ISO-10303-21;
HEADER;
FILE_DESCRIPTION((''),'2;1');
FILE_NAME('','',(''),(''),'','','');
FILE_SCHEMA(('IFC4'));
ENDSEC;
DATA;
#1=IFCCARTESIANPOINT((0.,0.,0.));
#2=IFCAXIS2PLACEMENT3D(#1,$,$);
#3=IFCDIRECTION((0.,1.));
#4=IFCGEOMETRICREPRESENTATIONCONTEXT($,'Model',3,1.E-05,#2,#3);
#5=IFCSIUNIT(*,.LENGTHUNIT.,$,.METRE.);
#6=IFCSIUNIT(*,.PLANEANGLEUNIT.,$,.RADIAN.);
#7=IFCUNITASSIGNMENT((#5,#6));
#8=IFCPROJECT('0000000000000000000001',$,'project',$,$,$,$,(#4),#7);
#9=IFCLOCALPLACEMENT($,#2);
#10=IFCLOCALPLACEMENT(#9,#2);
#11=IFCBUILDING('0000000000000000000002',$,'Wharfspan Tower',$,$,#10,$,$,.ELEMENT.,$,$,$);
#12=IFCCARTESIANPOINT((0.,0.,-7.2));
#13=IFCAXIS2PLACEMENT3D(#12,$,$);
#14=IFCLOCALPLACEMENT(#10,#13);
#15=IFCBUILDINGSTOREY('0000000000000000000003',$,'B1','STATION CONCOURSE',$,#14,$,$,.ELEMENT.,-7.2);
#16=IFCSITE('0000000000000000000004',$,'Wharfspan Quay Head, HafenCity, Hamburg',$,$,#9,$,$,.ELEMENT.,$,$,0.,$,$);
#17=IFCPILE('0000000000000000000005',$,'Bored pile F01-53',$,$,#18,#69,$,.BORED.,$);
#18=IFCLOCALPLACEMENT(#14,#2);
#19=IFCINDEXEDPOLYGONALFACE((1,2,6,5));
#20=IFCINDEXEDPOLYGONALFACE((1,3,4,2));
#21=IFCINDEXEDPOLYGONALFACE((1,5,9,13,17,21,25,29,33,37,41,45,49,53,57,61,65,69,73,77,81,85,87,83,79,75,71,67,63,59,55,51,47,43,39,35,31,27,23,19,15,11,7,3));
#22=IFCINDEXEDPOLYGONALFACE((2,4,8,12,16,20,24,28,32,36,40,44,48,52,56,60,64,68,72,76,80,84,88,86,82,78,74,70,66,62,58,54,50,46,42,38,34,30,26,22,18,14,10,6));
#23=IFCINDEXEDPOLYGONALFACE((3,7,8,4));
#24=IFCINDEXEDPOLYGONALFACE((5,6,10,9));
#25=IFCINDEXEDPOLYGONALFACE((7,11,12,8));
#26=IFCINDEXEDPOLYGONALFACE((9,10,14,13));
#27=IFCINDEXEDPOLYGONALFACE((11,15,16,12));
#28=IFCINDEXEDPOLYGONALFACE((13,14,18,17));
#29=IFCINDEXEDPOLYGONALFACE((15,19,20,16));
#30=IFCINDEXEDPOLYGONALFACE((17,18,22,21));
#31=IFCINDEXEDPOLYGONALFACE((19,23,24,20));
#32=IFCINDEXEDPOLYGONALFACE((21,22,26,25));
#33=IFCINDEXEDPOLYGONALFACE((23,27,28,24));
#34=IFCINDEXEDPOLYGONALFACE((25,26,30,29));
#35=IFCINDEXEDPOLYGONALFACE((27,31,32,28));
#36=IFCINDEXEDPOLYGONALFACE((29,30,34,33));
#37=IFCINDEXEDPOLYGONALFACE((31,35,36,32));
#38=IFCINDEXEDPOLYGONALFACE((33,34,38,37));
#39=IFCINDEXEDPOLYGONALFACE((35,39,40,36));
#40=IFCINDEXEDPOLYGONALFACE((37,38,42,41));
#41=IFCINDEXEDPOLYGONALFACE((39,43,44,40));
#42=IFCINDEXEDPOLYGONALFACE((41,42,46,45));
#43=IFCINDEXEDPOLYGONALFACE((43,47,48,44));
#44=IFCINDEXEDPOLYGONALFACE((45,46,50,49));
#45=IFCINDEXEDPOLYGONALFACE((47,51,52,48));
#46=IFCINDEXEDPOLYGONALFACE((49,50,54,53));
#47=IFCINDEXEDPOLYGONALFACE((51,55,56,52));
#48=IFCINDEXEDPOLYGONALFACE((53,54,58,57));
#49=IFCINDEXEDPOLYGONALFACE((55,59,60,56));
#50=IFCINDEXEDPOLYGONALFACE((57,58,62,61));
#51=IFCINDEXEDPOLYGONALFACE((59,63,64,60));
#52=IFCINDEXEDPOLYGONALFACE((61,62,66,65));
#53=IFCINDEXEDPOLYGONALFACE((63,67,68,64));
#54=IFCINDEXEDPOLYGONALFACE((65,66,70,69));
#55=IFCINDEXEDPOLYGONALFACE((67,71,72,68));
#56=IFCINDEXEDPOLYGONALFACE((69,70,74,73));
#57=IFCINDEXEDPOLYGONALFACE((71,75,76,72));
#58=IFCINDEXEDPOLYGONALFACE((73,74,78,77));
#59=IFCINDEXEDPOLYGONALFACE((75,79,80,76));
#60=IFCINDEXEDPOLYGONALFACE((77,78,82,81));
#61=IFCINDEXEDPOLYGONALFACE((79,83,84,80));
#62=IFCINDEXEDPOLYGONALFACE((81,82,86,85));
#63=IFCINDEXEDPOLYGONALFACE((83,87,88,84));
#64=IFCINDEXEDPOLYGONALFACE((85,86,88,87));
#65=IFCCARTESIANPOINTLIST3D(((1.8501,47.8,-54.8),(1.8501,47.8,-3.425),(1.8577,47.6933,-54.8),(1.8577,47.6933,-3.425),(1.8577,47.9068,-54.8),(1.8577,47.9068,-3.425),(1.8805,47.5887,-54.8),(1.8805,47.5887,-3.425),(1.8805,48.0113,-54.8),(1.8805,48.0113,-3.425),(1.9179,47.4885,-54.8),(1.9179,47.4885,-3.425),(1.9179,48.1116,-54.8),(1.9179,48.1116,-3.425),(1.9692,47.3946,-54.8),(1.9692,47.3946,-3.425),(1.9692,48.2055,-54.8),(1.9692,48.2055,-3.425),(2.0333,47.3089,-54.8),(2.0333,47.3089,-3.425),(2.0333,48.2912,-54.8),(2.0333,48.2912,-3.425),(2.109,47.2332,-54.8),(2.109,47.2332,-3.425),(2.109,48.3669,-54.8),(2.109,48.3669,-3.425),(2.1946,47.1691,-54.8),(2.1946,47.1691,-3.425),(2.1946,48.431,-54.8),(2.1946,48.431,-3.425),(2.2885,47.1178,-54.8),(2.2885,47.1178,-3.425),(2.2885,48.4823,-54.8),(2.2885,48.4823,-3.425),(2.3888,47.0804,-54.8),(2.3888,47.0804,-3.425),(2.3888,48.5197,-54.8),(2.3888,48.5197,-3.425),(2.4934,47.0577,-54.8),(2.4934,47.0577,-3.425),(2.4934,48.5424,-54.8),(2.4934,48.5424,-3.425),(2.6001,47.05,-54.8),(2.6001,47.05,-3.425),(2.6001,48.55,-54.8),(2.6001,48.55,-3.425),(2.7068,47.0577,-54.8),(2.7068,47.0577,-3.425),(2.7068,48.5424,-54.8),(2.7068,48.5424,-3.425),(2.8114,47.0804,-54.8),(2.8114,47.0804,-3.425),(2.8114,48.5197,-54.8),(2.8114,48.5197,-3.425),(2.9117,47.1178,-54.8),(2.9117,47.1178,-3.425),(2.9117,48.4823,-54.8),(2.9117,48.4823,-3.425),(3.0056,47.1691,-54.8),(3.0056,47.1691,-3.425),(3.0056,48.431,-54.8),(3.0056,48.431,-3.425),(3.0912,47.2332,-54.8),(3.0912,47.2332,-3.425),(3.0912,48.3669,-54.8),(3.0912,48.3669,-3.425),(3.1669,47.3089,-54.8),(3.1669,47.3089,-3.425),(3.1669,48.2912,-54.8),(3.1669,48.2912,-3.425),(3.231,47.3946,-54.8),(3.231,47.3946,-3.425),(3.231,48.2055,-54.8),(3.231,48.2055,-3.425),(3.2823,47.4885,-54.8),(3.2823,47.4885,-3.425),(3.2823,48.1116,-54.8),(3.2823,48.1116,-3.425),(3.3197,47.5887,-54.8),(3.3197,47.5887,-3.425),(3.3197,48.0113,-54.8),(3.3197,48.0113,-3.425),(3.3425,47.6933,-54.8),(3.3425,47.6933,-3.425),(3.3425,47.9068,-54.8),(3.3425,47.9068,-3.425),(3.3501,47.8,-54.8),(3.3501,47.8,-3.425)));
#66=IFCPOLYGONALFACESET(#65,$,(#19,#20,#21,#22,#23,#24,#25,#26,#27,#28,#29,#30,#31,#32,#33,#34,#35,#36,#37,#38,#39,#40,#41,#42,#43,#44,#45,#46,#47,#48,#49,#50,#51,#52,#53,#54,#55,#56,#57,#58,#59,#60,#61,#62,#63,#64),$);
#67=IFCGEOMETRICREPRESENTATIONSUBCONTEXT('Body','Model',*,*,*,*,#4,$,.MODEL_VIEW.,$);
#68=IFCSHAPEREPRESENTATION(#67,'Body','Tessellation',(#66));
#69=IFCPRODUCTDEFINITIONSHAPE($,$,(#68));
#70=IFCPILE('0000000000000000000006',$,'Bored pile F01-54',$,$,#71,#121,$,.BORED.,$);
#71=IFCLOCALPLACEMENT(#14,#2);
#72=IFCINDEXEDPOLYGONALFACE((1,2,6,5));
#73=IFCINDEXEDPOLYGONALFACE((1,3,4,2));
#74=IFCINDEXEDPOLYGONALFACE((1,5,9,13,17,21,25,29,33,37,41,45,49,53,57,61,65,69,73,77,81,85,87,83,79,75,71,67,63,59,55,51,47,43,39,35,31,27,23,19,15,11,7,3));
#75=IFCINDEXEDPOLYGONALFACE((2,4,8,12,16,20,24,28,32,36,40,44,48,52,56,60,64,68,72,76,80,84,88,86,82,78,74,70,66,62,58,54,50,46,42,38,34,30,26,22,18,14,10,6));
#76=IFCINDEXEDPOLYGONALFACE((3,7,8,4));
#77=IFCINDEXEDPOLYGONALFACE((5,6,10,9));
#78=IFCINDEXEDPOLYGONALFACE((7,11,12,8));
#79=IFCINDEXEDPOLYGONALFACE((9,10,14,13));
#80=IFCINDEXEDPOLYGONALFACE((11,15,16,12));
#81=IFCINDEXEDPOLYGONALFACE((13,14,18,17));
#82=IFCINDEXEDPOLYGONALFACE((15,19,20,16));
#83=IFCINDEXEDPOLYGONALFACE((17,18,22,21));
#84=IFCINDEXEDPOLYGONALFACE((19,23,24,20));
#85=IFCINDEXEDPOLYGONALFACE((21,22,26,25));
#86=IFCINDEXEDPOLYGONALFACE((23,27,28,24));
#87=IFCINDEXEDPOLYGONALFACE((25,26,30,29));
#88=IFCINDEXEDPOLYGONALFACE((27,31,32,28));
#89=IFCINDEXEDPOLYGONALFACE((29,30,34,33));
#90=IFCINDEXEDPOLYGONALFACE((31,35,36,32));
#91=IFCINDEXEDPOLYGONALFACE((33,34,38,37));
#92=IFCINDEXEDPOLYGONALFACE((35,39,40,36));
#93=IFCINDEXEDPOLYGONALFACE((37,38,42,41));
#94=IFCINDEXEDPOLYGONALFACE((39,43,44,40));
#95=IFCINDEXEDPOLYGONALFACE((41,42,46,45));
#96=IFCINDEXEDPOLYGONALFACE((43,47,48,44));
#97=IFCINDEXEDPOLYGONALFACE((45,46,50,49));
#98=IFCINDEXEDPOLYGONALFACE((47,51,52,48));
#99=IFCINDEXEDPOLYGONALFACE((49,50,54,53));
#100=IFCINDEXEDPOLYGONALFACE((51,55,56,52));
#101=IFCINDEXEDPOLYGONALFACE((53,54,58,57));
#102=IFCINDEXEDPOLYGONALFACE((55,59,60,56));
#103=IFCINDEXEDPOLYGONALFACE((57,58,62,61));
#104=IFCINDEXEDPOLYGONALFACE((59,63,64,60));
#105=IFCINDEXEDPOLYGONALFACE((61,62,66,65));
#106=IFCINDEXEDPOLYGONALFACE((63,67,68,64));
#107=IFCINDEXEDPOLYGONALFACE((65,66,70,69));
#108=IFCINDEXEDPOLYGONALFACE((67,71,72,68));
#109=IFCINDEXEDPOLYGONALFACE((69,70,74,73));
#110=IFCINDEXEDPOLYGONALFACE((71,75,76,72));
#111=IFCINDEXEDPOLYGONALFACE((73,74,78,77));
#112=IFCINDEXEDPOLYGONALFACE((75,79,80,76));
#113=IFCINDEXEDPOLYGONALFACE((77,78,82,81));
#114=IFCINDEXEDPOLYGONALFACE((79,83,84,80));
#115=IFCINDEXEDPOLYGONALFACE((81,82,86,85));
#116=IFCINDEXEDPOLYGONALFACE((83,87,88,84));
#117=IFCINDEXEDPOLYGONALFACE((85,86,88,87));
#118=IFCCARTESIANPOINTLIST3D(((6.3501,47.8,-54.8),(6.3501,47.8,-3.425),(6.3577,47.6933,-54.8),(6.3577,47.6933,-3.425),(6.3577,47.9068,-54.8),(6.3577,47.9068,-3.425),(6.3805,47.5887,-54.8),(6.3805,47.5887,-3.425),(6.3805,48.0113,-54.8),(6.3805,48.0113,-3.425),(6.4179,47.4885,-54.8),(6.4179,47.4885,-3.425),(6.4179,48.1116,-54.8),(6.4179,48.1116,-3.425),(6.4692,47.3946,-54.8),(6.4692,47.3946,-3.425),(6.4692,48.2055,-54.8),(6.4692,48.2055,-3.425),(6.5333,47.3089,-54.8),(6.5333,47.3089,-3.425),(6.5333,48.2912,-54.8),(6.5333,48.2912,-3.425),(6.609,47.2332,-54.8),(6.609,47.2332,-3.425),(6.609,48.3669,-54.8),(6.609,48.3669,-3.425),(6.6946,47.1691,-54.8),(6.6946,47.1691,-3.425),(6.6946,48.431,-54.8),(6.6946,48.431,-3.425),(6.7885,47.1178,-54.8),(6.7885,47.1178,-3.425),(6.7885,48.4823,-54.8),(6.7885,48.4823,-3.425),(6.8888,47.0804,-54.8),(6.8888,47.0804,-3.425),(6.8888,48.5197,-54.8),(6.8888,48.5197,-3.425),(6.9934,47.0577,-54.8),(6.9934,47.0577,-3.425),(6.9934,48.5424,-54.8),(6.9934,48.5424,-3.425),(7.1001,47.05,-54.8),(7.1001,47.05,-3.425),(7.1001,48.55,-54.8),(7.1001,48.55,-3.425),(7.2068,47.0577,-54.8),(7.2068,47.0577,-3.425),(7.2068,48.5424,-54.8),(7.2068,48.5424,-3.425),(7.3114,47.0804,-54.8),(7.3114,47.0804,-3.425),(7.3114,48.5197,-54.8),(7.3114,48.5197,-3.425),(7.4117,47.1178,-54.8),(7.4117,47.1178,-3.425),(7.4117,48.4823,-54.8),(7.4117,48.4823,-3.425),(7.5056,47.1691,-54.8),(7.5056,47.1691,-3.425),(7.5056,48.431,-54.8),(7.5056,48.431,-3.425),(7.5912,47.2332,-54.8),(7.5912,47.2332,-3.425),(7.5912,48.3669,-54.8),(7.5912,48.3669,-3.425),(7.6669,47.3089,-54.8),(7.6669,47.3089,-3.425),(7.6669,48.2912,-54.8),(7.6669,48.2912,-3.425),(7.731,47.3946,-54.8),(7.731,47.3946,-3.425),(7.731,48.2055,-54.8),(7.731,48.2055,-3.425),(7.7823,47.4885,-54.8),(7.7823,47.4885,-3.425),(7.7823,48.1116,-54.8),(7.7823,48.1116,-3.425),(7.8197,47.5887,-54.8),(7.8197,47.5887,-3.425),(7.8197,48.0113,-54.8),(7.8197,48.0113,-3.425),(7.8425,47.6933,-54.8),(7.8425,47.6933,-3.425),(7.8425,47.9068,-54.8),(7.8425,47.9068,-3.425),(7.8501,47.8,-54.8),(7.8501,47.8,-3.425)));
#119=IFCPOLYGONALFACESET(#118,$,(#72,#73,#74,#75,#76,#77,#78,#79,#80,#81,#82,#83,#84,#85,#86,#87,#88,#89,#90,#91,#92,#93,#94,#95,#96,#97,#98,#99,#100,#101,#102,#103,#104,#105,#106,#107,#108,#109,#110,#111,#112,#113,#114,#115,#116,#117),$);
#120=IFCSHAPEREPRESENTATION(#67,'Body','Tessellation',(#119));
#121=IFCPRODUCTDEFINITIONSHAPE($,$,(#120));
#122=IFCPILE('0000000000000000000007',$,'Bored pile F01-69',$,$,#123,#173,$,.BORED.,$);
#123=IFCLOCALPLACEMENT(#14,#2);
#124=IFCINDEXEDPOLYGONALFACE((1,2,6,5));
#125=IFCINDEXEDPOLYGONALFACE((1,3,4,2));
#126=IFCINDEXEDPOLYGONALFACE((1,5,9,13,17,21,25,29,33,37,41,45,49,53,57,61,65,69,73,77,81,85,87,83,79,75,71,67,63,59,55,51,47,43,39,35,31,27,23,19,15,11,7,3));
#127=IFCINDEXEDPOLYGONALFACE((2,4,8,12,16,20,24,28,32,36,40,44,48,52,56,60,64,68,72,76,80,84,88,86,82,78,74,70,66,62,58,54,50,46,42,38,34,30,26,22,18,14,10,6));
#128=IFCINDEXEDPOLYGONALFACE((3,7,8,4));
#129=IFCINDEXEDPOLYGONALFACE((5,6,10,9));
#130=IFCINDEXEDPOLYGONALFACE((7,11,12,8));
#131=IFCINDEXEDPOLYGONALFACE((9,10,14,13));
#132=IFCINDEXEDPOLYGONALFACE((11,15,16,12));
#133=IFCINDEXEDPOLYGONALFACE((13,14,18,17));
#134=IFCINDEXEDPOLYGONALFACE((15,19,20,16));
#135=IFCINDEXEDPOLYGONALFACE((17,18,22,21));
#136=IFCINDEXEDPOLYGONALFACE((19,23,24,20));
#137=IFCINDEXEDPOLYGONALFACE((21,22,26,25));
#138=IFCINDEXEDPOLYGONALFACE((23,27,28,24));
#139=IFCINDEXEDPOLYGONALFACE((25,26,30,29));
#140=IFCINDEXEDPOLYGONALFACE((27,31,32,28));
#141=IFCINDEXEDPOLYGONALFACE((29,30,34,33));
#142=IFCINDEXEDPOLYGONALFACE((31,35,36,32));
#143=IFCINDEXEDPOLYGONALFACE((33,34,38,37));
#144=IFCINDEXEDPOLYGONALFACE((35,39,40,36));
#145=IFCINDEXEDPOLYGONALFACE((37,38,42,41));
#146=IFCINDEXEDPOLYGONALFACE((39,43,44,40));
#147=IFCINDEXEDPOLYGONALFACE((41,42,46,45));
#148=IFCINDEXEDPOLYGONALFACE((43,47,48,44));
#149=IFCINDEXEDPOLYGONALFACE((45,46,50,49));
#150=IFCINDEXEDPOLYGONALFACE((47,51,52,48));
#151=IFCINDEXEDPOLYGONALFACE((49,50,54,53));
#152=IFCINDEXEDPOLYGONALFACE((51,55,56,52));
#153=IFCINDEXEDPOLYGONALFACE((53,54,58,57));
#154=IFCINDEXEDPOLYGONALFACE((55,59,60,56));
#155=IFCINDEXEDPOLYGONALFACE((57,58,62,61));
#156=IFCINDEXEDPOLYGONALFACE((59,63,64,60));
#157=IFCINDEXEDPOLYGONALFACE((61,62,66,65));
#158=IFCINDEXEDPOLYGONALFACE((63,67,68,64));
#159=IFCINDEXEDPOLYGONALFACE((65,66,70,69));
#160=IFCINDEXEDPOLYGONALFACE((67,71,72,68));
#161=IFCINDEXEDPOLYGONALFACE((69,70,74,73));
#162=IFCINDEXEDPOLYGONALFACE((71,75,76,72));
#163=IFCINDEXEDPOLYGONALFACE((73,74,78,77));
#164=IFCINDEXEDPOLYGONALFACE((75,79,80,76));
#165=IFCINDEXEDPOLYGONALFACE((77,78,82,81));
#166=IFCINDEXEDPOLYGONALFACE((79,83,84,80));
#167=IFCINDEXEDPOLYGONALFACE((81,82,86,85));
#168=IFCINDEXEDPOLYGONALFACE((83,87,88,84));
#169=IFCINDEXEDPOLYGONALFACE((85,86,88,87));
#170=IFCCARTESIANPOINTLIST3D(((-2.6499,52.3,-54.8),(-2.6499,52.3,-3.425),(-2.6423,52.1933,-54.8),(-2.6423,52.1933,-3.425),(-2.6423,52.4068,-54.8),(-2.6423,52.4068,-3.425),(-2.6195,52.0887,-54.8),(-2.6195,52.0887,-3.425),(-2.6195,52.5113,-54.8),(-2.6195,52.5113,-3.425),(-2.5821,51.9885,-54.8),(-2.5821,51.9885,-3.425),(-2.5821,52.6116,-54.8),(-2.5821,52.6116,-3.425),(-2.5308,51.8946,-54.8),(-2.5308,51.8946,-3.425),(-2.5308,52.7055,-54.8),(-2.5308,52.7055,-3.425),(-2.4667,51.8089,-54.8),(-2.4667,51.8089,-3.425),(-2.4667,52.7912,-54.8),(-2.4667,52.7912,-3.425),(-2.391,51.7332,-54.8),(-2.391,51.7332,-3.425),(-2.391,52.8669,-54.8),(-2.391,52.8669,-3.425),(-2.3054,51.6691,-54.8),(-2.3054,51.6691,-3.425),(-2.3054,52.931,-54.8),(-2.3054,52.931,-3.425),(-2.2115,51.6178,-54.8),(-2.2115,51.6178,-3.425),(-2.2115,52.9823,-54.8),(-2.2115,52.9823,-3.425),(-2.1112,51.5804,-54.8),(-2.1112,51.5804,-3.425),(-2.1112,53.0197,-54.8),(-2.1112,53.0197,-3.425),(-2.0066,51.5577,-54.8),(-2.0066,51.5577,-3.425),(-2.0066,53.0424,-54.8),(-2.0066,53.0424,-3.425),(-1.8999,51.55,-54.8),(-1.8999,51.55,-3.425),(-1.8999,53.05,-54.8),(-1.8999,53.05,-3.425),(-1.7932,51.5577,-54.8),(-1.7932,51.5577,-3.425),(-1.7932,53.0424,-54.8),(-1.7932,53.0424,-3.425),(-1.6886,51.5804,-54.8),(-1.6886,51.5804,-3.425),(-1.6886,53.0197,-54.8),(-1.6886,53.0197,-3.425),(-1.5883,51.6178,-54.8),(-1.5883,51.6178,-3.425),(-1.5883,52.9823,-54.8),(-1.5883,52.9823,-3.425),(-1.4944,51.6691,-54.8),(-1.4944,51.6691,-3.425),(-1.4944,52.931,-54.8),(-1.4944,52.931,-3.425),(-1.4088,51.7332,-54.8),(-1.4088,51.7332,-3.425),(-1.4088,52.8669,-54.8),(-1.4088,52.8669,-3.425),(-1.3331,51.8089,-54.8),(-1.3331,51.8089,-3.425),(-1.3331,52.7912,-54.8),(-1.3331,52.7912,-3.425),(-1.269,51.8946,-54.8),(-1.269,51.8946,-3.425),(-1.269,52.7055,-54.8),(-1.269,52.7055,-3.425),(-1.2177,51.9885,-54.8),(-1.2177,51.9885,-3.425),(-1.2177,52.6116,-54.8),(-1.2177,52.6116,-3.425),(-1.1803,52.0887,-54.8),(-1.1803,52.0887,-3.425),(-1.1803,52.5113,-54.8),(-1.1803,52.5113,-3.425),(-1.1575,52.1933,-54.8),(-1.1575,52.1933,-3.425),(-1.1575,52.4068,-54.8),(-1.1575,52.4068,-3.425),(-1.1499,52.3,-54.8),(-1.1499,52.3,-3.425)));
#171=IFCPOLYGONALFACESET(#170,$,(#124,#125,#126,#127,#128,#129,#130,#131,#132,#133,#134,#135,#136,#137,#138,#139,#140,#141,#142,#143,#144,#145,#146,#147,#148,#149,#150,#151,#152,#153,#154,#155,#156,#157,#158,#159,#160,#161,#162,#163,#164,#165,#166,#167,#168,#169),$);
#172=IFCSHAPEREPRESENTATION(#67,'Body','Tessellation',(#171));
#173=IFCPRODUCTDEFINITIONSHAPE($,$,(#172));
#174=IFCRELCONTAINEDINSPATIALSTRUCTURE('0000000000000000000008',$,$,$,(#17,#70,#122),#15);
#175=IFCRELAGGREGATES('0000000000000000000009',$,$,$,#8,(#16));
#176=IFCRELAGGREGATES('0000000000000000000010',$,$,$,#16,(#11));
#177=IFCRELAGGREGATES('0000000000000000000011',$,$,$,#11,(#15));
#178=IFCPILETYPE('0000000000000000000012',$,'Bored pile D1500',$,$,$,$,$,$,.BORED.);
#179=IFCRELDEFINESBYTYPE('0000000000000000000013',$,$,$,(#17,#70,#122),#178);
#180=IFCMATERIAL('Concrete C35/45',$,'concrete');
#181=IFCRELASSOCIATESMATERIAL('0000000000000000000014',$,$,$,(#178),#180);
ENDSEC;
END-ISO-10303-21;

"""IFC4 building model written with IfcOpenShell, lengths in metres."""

from ifc_helpers import new_model, si_unit, direction, frame, origin, origin_2d, place, context, subcontext, project, spatial, circle, extrude, material, material_profile, profile_set, type_object, element, save


model = new_model("IFC4")

# Units and contexts
model_context = context("Model", 3, precision=1e-05, world=origin(), true_north=direction((0.0, 1.0)))
body_context = subcontext(model_context, "Body", "Model", "MODEL_VIEW")
ifc_project = project(units=[si_unit("LENGTHUNIT", "METRE"), si_unit("PLANEANGLEUNIT", "RADIAN")], contexts=[model_context])

# Site, building, storey
site_placement = place(None, origin())
site = spatial("IfcSite", under=ifc_project, at=site_placement, Name="Wharfspan Quay Head, HafenCity, Hamburg", CompositionType="ELEMENT", RefElevation=0.0)
building_placement = place(site_placement, origin())
building = spatial("IfcBuilding", under=site, at=building_placement, Name="Wharfspan Tower", CompositionType="ELEMENT")
storey_placement = place(building_placement, frame((0.0, 0.0, -7.2)))
storey = spatial("IfcBuildingStorey", under=building, at=storey_placement, Name="B1", Description="STATION CONCOURSE", CompositionType="ELEMENT", Elevation=-7.2)

# Piles
ifc_material_1 = material(Name="Concrete C35/45", Category="concrete")
ifc_material_profile_1 = material_profile(ifc_material_1, circle(Radius=0.75, at=origin_2d()))
ifc_profile_set_1 = profile_set([ifc_material_profile_1], Name="Concrete C35/45")
pile_type = type_object("IfcPileType", Name="Bored pile D1500", PredefinedType="BORED", material=ifc_profile_set_1)
for number, where, z_axis, x_axis, name in (
    (1, (2.6001, 47.8, -3.425), (0.0, 0.0, -1.0), (1.0, 0.0, 0.0), "Bored pile F01-53"),
    (2, (7.1001, 47.8, -3.425), (0.0, 0.0, -1.0), (1.0, 0.0, 0.0), "Bored pile F01-54"),
    (3, (-1.8999, 52.3, -3.425), (0.0, 0.0, -1.0), (1.0, 0.0, 0.0), "Bored pile F01-69"),
):
    element("IfcPile", number, at=place(storey_placement, frame(where, z_axis=z_axis, x_axis=x_axis)), inside=storey, type_object=pile_type, Name=name, PredefinedType="BORED", context=body_context, shape_type="SweptSolid", body=[
        extrude(circle(Radius=0.75, at=origin_2d()), origin(), (0.0, 0.0, 1.0), 51.375),
    ])

save(model, "model.ifc")
